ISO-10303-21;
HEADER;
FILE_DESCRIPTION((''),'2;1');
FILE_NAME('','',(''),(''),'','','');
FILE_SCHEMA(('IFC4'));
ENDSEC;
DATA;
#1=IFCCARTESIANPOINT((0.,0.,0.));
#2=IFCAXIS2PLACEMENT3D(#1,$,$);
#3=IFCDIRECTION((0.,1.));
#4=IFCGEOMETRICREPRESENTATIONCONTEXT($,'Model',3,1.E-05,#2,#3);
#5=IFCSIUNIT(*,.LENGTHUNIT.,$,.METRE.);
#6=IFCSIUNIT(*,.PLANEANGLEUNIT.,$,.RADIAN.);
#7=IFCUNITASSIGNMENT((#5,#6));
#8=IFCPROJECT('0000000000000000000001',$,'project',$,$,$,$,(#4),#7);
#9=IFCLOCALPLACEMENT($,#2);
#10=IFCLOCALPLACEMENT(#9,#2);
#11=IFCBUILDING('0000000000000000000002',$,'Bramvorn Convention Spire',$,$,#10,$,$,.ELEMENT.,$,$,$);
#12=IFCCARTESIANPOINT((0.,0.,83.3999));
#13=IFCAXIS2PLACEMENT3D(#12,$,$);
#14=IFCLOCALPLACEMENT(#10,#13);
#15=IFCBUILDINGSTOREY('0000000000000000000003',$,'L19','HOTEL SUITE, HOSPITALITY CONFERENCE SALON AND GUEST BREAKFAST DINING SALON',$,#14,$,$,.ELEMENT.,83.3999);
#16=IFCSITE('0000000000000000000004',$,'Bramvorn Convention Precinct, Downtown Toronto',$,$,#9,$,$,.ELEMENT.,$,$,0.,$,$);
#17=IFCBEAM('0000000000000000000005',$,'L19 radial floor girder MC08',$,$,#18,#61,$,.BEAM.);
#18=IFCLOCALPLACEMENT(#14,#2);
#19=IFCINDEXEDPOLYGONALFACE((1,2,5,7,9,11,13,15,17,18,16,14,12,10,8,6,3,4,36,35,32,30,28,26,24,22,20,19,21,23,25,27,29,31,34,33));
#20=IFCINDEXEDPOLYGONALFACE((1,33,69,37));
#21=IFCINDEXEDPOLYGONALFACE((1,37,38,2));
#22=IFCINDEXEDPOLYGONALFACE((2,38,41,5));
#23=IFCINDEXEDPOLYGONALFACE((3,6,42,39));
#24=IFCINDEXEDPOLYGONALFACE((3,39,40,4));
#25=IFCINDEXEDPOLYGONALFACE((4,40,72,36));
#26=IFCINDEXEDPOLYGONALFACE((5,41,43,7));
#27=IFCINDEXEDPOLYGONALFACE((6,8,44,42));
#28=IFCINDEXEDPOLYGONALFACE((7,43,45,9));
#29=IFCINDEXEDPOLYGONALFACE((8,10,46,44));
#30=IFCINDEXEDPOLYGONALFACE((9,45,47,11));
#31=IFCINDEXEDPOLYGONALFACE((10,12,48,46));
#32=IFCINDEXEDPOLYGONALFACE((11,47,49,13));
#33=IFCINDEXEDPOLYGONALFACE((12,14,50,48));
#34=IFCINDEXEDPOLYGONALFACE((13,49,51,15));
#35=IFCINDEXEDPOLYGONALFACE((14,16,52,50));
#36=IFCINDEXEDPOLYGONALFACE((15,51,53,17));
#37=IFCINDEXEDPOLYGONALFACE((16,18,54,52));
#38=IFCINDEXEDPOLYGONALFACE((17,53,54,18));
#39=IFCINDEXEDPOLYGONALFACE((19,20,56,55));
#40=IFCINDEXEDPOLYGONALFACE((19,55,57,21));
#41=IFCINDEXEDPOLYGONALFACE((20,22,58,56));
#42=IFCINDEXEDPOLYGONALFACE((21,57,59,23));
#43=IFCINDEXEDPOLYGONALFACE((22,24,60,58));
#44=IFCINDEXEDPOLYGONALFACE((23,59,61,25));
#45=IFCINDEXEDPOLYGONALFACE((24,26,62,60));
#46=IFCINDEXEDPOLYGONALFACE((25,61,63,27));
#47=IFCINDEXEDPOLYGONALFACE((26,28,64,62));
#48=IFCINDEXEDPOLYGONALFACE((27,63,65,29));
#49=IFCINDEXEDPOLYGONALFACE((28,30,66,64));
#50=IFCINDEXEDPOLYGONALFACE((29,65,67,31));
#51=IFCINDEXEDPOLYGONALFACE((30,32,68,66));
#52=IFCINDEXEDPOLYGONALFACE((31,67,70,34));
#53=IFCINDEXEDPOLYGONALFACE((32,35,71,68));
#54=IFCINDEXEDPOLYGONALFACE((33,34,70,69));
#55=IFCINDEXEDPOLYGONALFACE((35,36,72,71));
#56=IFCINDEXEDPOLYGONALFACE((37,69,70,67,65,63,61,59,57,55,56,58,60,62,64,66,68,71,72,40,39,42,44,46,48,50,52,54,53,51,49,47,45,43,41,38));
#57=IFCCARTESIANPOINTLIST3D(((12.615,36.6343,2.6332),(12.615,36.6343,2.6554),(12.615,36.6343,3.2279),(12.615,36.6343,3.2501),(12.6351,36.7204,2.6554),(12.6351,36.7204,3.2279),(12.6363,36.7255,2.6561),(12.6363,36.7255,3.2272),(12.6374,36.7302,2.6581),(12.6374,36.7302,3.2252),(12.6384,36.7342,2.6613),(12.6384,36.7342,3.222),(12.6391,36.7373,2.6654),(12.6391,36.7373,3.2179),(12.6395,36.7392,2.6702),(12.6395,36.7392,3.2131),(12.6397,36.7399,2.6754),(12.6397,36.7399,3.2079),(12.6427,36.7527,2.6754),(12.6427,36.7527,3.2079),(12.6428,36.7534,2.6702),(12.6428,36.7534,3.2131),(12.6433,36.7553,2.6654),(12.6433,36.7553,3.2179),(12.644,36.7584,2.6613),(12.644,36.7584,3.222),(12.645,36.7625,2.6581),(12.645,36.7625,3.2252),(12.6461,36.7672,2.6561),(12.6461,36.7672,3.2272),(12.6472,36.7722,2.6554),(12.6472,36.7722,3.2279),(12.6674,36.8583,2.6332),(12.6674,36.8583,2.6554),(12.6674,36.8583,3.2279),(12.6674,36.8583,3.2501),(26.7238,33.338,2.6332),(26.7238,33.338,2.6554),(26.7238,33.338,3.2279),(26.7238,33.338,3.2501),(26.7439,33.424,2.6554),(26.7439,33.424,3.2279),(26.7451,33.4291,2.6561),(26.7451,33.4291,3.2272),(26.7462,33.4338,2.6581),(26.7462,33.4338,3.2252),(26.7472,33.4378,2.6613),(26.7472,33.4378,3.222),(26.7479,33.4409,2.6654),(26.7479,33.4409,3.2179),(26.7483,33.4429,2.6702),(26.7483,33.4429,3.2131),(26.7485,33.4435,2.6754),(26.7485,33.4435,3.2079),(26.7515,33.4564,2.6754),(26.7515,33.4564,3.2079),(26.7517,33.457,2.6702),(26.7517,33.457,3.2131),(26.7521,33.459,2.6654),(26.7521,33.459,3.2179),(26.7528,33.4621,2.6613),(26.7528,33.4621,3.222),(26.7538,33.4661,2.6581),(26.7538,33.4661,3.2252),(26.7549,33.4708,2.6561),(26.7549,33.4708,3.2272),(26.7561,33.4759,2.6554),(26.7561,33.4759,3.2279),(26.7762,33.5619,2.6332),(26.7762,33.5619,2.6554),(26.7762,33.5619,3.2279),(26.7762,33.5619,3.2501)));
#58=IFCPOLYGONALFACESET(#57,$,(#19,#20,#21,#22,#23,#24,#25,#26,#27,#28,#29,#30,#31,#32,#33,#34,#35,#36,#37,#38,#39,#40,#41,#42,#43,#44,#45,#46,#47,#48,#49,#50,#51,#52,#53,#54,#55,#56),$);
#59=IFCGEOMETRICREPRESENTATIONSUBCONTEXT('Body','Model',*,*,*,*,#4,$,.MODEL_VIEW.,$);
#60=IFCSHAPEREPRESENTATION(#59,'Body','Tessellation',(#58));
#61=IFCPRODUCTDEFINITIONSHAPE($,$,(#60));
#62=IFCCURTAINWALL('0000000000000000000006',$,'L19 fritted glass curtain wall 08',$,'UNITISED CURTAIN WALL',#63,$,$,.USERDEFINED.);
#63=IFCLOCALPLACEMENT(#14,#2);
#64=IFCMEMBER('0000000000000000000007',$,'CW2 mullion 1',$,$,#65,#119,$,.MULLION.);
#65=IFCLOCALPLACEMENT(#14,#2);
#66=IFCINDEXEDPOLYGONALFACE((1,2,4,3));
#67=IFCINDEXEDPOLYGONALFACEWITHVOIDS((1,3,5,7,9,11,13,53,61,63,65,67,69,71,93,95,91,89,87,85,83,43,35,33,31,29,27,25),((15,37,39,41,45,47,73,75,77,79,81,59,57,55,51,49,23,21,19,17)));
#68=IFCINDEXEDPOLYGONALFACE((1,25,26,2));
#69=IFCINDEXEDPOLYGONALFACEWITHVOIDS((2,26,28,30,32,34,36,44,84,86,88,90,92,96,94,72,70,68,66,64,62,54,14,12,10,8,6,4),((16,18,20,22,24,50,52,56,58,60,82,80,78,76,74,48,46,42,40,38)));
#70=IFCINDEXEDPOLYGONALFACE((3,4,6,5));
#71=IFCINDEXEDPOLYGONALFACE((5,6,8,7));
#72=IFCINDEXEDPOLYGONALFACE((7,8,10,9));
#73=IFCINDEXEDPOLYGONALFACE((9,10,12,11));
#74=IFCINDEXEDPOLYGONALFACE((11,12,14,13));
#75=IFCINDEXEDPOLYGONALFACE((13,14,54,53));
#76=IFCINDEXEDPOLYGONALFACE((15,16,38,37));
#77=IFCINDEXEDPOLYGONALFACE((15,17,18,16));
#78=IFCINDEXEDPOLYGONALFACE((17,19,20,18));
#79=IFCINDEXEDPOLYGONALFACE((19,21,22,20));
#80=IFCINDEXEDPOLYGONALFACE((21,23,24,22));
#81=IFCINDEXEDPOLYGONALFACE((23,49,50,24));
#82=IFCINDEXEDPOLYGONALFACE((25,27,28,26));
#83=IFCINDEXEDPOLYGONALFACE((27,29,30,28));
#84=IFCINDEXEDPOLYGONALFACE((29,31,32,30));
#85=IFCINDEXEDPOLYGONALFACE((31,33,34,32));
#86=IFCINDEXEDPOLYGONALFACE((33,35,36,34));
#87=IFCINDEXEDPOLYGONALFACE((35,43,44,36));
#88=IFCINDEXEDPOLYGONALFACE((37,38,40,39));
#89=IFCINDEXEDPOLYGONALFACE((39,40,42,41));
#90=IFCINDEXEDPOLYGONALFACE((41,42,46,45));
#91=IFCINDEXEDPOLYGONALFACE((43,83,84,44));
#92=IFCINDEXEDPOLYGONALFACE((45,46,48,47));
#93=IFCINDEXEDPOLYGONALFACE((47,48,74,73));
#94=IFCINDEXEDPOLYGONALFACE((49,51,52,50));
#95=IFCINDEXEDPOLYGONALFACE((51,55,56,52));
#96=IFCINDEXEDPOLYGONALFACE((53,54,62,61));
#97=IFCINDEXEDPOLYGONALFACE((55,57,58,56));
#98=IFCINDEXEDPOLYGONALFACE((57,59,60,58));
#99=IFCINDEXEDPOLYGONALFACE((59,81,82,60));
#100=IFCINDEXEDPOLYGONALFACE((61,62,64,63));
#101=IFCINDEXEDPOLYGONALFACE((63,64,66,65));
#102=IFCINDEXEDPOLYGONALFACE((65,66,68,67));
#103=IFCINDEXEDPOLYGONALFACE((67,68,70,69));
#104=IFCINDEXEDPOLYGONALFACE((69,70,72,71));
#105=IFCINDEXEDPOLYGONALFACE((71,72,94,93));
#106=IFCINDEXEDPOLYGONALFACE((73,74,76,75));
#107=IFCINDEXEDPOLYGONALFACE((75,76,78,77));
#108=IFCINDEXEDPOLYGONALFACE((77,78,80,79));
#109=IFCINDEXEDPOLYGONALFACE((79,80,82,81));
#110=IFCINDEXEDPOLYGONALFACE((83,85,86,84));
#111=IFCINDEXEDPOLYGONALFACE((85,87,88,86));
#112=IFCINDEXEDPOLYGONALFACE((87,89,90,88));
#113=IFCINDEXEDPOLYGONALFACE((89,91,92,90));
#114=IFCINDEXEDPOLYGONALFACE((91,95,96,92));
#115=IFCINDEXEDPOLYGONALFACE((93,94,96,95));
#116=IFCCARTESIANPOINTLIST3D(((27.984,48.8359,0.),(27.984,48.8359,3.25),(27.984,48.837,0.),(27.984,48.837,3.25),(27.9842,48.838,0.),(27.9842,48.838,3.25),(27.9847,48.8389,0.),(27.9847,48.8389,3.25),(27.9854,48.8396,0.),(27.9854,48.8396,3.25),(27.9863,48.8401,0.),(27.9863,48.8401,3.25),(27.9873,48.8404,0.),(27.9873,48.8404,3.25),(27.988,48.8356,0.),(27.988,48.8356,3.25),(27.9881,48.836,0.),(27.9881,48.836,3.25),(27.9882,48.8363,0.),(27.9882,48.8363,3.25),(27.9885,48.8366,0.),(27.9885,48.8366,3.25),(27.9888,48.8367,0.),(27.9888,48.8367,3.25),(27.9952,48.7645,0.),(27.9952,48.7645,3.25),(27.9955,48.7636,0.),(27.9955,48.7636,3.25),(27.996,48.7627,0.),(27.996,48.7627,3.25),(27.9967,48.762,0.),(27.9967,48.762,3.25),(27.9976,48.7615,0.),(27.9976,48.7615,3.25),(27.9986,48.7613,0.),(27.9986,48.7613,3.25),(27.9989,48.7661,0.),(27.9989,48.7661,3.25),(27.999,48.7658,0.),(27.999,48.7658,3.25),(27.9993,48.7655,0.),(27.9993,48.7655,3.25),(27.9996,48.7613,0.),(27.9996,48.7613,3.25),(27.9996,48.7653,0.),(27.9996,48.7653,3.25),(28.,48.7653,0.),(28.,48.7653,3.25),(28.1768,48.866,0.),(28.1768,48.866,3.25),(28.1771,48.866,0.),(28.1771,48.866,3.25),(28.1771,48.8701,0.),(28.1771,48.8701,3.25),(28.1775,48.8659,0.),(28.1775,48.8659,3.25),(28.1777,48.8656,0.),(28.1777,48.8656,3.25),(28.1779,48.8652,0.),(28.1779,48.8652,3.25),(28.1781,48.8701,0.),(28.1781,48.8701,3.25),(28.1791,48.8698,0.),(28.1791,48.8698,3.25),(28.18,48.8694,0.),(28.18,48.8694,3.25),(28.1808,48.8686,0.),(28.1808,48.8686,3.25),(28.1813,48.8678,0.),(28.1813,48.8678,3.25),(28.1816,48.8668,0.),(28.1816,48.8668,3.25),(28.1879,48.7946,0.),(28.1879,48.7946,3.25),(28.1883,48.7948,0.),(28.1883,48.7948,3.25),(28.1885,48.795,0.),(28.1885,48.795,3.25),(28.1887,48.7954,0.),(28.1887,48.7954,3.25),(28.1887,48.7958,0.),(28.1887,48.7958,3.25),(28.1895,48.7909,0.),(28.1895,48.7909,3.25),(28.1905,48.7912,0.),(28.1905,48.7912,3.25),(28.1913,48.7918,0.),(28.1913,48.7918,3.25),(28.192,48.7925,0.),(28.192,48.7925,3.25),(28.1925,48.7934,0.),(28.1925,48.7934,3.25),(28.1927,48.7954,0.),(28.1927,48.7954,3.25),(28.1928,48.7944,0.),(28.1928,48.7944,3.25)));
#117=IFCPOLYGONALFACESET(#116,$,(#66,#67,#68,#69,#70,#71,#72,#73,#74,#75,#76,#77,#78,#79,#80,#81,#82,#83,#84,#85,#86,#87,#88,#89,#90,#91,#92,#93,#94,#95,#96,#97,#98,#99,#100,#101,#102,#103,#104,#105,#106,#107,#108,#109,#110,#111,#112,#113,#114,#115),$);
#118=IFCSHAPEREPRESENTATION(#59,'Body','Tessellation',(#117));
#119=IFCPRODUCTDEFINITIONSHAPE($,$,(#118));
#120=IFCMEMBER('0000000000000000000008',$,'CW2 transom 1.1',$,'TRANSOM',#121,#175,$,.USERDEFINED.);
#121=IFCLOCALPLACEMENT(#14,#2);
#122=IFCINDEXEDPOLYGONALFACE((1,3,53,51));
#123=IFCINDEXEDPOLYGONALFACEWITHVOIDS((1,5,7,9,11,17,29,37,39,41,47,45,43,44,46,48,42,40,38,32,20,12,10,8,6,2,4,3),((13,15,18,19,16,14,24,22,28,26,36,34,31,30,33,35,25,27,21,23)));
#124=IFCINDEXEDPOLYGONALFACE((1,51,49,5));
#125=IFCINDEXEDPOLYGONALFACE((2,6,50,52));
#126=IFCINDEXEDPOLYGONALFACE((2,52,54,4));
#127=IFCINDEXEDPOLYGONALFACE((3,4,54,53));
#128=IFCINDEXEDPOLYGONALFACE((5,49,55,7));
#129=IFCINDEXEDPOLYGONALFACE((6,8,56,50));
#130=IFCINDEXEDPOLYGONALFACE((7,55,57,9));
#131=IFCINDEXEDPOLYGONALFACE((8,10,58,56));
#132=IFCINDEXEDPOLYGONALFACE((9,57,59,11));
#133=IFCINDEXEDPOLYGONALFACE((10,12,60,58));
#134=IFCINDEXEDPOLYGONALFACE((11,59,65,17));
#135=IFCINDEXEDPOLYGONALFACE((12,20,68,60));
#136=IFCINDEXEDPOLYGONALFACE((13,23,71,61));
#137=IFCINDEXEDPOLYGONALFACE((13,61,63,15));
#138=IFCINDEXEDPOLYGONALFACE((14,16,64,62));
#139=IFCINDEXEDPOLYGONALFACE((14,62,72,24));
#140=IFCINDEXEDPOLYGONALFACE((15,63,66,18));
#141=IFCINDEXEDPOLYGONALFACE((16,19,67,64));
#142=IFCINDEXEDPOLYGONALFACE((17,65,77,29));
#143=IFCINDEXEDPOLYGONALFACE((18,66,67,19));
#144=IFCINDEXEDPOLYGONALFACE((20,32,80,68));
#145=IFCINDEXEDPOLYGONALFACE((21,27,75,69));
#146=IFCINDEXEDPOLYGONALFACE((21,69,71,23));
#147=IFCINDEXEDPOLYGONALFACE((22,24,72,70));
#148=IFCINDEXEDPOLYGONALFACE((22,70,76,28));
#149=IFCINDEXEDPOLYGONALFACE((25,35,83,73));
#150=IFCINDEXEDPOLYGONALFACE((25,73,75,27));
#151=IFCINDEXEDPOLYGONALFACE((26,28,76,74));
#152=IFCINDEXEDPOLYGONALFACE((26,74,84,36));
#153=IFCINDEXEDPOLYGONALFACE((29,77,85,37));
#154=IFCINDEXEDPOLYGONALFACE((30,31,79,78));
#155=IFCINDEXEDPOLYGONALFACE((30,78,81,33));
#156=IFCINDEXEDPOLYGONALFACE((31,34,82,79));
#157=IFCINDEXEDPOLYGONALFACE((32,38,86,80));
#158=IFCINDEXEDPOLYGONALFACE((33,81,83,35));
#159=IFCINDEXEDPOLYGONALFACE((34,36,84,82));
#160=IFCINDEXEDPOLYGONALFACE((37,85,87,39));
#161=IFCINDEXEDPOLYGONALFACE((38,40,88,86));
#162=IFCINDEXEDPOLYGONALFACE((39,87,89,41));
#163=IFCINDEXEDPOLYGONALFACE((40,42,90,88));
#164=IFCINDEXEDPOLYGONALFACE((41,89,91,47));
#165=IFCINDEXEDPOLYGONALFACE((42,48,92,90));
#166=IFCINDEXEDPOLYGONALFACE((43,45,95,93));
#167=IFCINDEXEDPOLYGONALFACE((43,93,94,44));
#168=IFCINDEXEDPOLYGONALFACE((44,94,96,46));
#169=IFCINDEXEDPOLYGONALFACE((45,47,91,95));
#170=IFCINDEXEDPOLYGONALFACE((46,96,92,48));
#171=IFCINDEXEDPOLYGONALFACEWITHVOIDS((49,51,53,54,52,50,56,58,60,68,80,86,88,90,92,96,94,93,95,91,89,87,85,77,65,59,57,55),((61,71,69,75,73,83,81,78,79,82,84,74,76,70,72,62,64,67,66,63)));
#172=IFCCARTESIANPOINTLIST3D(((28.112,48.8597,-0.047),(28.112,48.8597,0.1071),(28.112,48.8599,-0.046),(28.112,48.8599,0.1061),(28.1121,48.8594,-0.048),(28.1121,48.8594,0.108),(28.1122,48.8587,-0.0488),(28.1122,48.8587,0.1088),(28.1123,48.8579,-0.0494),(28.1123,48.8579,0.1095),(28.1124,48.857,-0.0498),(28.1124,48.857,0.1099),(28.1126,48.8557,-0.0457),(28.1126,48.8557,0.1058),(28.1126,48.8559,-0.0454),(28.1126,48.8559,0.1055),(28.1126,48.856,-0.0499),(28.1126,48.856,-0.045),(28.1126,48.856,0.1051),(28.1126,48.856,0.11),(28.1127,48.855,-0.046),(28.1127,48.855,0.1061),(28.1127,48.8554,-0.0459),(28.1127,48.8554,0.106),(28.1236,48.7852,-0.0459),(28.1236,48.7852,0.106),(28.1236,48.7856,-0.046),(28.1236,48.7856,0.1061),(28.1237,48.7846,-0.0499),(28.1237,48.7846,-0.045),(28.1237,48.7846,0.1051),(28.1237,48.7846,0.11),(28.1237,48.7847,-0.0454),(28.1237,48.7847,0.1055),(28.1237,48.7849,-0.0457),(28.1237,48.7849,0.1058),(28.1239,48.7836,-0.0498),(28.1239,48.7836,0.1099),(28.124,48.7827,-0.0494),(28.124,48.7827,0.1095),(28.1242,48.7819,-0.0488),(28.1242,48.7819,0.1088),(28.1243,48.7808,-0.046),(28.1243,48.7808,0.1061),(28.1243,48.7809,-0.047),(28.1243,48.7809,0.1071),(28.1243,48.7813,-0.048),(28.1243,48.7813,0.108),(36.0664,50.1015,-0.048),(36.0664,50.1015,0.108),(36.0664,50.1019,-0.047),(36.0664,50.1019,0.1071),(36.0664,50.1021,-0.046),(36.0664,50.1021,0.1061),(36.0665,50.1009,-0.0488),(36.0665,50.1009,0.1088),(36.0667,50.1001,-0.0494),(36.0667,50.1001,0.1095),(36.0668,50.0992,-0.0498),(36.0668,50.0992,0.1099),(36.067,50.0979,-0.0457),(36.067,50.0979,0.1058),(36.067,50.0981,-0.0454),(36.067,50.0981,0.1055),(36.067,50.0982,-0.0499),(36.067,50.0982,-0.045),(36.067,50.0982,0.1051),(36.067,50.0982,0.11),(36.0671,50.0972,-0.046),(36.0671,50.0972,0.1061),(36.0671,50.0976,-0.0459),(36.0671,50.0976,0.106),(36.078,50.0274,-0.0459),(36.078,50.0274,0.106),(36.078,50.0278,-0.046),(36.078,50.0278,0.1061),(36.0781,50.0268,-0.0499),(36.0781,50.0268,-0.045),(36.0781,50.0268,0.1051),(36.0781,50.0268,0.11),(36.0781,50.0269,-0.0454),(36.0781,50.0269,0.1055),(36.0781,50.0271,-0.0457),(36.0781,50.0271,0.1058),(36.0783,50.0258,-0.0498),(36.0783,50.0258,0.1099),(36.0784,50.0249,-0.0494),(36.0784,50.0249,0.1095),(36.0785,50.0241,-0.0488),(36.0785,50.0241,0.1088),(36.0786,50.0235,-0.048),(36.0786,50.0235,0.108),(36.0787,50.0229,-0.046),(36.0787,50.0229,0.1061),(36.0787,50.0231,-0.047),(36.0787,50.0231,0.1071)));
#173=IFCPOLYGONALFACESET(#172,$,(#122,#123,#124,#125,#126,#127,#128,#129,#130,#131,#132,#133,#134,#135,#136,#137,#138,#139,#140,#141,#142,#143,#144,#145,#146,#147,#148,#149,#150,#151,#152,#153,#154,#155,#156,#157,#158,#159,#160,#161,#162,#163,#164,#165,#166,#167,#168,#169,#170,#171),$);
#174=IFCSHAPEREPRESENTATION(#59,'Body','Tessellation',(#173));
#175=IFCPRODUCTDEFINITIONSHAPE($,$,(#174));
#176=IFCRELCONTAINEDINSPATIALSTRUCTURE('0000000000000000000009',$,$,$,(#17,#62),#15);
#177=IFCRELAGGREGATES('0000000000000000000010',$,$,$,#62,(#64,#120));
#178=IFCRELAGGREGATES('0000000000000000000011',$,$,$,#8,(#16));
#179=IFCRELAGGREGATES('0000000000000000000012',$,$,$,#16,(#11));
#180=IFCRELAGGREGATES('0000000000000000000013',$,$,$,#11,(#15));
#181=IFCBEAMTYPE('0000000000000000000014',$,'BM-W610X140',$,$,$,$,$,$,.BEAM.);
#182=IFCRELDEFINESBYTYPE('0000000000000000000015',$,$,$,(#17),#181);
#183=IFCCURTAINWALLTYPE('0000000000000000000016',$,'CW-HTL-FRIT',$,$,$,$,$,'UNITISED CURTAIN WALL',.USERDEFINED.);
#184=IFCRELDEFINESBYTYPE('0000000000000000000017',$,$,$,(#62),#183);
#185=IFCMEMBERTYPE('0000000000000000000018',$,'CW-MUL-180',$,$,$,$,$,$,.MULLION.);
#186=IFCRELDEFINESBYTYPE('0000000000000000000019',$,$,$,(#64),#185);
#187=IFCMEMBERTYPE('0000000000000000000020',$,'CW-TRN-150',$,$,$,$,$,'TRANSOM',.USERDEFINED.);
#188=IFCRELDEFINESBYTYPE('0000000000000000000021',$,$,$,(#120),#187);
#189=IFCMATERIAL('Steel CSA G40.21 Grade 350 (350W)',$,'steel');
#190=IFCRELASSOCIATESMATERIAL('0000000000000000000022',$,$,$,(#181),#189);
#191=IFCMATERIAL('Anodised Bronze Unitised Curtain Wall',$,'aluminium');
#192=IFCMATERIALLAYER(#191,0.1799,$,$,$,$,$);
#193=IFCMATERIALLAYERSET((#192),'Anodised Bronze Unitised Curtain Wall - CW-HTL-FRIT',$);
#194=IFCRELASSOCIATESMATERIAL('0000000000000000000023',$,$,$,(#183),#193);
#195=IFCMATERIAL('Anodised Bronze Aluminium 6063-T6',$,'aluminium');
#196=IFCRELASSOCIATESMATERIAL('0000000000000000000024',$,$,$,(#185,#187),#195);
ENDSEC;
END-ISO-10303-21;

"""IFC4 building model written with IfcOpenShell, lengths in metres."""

from ifc_helpers import new_model, si_unit, direction, frame, origin, origin_2d, place, context, subcontext, project, spatial, hollow_rectangle, i_section, extrude, material, layer, layer_set, material_profile, profile_set, type_object, element, aggregate, save


model = new_model("IFC4")

# Units and contexts
model_context = context("Model", 3, precision=1e-05, world=origin(), true_north=direction((0.0, 1.0)))
body_context = subcontext(model_context, "Body", "Model", "MODEL_VIEW")
ifc_project = project(units=[si_unit("LENGTHUNIT", "METRE"), si_unit("PLANEANGLEUNIT", "RADIAN")], contexts=[model_context])

# Site, building, storey
site_placement = place(None, origin())
site = spatial("IfcSite", under=ifc_project, at=site_placement, Name="Bramvorn Convention Precinct, Downtown Toronto", CompositionType="ELEMENT", RefElevation=0.0)
building_placement = place(site_placement, origin())
building = spatial("IfcBuilding", under=site, at=building_placement, Name="Bramvorn Convention Spire", CompositionType="ELEMENT")
storey_placement = place(building_placement, frame((0.0, 0.0, 83.3999)))
storey = spatial("IfcBuildingStorey", under=building, at=storey_placement, Name="L19", Description="HOTEL SUITE, HOSPITALITY CONFERENCE SALON AND GUEST BREAKFAST DINING SALON", CompositionType="ELEMENT", Elevation=83.3999)

# Shared definitions
ifc_material_1 = material(Name="Steel CSA G40.21 Grade 350 (350W)", Category="steel")

# Beam
ifc_material_profile_1 = material_profile(ifc_material_1, i_section(OverallWidth=0.23, OverallDepth=0.6169, WebThickness=0.0132, FlangeThickness=0.0222, FilletRadius=0.02, at=origin_2d()))
ifc_profile_set_1 = profile_set([ifc_material_profile_1], Name="Steel CSA G40.21 Grade 350 (350W) - W610X140")
beam_type_1 = type_object("IfcBeamType", Name="BM-W610X140", PredefinedType="BEAM", material=ifc_profile_set_1)
beam_1_placement = place(storey_placement, frame((26.75, 33.45, 2.9417), z_axis=(-0.973775, 0.227512, 0.0), x_axis=(-0.227512, -0.973775, 0.0)))
element("IfcBeam", 1, at=beam_1_placement, inside=storey, type_object=beam_type_1, Name="L19 radial floor girder MC08", PredefinedType="BEAM", context=body_context, shape_type="SweptSolid", body=[
    extrude(i_section(OverallWidth=0.23, OverallDepth=0.6169, WebThickness=0.0132, FlangeThickness=0.0222, FilletRadius=0.02, at=origin_2d()), origin(), (0.0, 0.0, 1.0), 14.4888),
])

# Curtain wall, members
ifc_material_2 = material(Name="Anodised Bronze Unitised Curtain Wall", Category="aluminium")
ifc_layer_1 = layer(ifc_material_2, 0.1799)
ifc_layer_set_1 = layer_set([ifc_layer_1], Name="Anodised Bronze Unitised Curtain Wall - CW-HTL-FRIT")
curtain_wall_type = type_object("IfcCurtainWallType", Name="CW-HTL-FRIT", ElementType="UNITISED CURTAIN WALL", PredefinedType="USERDEFINED", material=ifc_layer_set_1)
curtain_wall_placement = place(storey_placement, origin())
curtain_wall = element("IfcCurtainWall", 2, at=curtain_wall_placement, inside=storey, type_object=curtain_wall_type, Name="L19 fritted glass curtain wall 08", ObjectType="UNITISED CURTAIN WALL", PredefinedType="USERDEFINED")
ifc_material_3 = material(Name="Anodised Bronze Aluminium 6063-T6", Category="aluminium")
ifc_material_profile_2 = material_profile(ifc_material_3, hollow_rectangle(XDim=0.0801, YDim=0.2, WallThickness=0.0039, InnerFilletRadius=0.001, OuterFilletRadius=0.0039, at=origin_2d()))
ifc_profile_set_2 = profile_set([ifc_material_profile_2], Name="Anodised Bronze Aluminium 6063-T6 - CWM80X200")
member_type_1 = type_object("IfcMemberType", Name="CW-MUL-180", PredefinedType="MULLION", material=ifc_profile_set_2)
member_1_placement = place(storey_placement, frame((28.0884, 48.8157, 0.0), z_axis=(0.0, 0.0, 1.0), x_axis=(-0.154293, 0.988025, 0.0)))
member_1 = element("IfcMember", 3, at=member_1_placement, type_object=member_type_1, Name="CW2 mullion 1", PredefinedType="MULLION", context=body_context, shape_type="SweptSolid", body=[
    extrude(hollow_rectangle(XDim=0.0801, YDim=0.2, WallThickness=0.0039, InnerFilletRadius=0.001, OuterFilletRadius=0.0039, at=origin_2d()), origin(), (0.0, 0.0, 1.0), 3.25),
])
ifc_material_profile_3 = material_profile(ifc_material_3, hollow_rectangle(XDim=0.0801, YDim=0.1599, WallThickness=0.0039, InnerFilletRadius=0.001, OuterFilletRadius=0.0039, at=origin_2d()))
ifc_profile_set_3 = profile_set([ifc_material_profile_3], Name="Anodised Bronze Aluminium 6063-T6 - CWT80X160")
member_type_2 = type_object("IfcMemberType", Name="CW-TRN-150", ElementType="TRANSOM", PredefinedType="USERDEFINED", material=ifc_profile_set_3)
member_2_placement = place(storey_placement, frame((28.1182, 48.8203, 0.03), z_axis=(0.988025, 0.154295, 0.0), x_axis=(-0.154295, 0.988025, 0.0)))
member_2 = element("IfcMember", 4, at=member_2_placement, type_object=member_type_2, Name="CW2 transom 1.1", ObjectType="TRANSOM", PredefinedType="USERDEFINED", context=body_context, shape_type="SweptSolid", body=[
    extrude(hollow_rectangle(XDim=0.0801, YDim=0.1599, WallThickness=0.0039, InnerFilletRadius=0.001, OuterFilletRadius=0.0039, at=origin_2d()), origin(), (0.0, 0.0, 1.0), 8.0508),
])
aggregate(curtain_wall, [member_1, member_2])

save(model, "model.ifc")
